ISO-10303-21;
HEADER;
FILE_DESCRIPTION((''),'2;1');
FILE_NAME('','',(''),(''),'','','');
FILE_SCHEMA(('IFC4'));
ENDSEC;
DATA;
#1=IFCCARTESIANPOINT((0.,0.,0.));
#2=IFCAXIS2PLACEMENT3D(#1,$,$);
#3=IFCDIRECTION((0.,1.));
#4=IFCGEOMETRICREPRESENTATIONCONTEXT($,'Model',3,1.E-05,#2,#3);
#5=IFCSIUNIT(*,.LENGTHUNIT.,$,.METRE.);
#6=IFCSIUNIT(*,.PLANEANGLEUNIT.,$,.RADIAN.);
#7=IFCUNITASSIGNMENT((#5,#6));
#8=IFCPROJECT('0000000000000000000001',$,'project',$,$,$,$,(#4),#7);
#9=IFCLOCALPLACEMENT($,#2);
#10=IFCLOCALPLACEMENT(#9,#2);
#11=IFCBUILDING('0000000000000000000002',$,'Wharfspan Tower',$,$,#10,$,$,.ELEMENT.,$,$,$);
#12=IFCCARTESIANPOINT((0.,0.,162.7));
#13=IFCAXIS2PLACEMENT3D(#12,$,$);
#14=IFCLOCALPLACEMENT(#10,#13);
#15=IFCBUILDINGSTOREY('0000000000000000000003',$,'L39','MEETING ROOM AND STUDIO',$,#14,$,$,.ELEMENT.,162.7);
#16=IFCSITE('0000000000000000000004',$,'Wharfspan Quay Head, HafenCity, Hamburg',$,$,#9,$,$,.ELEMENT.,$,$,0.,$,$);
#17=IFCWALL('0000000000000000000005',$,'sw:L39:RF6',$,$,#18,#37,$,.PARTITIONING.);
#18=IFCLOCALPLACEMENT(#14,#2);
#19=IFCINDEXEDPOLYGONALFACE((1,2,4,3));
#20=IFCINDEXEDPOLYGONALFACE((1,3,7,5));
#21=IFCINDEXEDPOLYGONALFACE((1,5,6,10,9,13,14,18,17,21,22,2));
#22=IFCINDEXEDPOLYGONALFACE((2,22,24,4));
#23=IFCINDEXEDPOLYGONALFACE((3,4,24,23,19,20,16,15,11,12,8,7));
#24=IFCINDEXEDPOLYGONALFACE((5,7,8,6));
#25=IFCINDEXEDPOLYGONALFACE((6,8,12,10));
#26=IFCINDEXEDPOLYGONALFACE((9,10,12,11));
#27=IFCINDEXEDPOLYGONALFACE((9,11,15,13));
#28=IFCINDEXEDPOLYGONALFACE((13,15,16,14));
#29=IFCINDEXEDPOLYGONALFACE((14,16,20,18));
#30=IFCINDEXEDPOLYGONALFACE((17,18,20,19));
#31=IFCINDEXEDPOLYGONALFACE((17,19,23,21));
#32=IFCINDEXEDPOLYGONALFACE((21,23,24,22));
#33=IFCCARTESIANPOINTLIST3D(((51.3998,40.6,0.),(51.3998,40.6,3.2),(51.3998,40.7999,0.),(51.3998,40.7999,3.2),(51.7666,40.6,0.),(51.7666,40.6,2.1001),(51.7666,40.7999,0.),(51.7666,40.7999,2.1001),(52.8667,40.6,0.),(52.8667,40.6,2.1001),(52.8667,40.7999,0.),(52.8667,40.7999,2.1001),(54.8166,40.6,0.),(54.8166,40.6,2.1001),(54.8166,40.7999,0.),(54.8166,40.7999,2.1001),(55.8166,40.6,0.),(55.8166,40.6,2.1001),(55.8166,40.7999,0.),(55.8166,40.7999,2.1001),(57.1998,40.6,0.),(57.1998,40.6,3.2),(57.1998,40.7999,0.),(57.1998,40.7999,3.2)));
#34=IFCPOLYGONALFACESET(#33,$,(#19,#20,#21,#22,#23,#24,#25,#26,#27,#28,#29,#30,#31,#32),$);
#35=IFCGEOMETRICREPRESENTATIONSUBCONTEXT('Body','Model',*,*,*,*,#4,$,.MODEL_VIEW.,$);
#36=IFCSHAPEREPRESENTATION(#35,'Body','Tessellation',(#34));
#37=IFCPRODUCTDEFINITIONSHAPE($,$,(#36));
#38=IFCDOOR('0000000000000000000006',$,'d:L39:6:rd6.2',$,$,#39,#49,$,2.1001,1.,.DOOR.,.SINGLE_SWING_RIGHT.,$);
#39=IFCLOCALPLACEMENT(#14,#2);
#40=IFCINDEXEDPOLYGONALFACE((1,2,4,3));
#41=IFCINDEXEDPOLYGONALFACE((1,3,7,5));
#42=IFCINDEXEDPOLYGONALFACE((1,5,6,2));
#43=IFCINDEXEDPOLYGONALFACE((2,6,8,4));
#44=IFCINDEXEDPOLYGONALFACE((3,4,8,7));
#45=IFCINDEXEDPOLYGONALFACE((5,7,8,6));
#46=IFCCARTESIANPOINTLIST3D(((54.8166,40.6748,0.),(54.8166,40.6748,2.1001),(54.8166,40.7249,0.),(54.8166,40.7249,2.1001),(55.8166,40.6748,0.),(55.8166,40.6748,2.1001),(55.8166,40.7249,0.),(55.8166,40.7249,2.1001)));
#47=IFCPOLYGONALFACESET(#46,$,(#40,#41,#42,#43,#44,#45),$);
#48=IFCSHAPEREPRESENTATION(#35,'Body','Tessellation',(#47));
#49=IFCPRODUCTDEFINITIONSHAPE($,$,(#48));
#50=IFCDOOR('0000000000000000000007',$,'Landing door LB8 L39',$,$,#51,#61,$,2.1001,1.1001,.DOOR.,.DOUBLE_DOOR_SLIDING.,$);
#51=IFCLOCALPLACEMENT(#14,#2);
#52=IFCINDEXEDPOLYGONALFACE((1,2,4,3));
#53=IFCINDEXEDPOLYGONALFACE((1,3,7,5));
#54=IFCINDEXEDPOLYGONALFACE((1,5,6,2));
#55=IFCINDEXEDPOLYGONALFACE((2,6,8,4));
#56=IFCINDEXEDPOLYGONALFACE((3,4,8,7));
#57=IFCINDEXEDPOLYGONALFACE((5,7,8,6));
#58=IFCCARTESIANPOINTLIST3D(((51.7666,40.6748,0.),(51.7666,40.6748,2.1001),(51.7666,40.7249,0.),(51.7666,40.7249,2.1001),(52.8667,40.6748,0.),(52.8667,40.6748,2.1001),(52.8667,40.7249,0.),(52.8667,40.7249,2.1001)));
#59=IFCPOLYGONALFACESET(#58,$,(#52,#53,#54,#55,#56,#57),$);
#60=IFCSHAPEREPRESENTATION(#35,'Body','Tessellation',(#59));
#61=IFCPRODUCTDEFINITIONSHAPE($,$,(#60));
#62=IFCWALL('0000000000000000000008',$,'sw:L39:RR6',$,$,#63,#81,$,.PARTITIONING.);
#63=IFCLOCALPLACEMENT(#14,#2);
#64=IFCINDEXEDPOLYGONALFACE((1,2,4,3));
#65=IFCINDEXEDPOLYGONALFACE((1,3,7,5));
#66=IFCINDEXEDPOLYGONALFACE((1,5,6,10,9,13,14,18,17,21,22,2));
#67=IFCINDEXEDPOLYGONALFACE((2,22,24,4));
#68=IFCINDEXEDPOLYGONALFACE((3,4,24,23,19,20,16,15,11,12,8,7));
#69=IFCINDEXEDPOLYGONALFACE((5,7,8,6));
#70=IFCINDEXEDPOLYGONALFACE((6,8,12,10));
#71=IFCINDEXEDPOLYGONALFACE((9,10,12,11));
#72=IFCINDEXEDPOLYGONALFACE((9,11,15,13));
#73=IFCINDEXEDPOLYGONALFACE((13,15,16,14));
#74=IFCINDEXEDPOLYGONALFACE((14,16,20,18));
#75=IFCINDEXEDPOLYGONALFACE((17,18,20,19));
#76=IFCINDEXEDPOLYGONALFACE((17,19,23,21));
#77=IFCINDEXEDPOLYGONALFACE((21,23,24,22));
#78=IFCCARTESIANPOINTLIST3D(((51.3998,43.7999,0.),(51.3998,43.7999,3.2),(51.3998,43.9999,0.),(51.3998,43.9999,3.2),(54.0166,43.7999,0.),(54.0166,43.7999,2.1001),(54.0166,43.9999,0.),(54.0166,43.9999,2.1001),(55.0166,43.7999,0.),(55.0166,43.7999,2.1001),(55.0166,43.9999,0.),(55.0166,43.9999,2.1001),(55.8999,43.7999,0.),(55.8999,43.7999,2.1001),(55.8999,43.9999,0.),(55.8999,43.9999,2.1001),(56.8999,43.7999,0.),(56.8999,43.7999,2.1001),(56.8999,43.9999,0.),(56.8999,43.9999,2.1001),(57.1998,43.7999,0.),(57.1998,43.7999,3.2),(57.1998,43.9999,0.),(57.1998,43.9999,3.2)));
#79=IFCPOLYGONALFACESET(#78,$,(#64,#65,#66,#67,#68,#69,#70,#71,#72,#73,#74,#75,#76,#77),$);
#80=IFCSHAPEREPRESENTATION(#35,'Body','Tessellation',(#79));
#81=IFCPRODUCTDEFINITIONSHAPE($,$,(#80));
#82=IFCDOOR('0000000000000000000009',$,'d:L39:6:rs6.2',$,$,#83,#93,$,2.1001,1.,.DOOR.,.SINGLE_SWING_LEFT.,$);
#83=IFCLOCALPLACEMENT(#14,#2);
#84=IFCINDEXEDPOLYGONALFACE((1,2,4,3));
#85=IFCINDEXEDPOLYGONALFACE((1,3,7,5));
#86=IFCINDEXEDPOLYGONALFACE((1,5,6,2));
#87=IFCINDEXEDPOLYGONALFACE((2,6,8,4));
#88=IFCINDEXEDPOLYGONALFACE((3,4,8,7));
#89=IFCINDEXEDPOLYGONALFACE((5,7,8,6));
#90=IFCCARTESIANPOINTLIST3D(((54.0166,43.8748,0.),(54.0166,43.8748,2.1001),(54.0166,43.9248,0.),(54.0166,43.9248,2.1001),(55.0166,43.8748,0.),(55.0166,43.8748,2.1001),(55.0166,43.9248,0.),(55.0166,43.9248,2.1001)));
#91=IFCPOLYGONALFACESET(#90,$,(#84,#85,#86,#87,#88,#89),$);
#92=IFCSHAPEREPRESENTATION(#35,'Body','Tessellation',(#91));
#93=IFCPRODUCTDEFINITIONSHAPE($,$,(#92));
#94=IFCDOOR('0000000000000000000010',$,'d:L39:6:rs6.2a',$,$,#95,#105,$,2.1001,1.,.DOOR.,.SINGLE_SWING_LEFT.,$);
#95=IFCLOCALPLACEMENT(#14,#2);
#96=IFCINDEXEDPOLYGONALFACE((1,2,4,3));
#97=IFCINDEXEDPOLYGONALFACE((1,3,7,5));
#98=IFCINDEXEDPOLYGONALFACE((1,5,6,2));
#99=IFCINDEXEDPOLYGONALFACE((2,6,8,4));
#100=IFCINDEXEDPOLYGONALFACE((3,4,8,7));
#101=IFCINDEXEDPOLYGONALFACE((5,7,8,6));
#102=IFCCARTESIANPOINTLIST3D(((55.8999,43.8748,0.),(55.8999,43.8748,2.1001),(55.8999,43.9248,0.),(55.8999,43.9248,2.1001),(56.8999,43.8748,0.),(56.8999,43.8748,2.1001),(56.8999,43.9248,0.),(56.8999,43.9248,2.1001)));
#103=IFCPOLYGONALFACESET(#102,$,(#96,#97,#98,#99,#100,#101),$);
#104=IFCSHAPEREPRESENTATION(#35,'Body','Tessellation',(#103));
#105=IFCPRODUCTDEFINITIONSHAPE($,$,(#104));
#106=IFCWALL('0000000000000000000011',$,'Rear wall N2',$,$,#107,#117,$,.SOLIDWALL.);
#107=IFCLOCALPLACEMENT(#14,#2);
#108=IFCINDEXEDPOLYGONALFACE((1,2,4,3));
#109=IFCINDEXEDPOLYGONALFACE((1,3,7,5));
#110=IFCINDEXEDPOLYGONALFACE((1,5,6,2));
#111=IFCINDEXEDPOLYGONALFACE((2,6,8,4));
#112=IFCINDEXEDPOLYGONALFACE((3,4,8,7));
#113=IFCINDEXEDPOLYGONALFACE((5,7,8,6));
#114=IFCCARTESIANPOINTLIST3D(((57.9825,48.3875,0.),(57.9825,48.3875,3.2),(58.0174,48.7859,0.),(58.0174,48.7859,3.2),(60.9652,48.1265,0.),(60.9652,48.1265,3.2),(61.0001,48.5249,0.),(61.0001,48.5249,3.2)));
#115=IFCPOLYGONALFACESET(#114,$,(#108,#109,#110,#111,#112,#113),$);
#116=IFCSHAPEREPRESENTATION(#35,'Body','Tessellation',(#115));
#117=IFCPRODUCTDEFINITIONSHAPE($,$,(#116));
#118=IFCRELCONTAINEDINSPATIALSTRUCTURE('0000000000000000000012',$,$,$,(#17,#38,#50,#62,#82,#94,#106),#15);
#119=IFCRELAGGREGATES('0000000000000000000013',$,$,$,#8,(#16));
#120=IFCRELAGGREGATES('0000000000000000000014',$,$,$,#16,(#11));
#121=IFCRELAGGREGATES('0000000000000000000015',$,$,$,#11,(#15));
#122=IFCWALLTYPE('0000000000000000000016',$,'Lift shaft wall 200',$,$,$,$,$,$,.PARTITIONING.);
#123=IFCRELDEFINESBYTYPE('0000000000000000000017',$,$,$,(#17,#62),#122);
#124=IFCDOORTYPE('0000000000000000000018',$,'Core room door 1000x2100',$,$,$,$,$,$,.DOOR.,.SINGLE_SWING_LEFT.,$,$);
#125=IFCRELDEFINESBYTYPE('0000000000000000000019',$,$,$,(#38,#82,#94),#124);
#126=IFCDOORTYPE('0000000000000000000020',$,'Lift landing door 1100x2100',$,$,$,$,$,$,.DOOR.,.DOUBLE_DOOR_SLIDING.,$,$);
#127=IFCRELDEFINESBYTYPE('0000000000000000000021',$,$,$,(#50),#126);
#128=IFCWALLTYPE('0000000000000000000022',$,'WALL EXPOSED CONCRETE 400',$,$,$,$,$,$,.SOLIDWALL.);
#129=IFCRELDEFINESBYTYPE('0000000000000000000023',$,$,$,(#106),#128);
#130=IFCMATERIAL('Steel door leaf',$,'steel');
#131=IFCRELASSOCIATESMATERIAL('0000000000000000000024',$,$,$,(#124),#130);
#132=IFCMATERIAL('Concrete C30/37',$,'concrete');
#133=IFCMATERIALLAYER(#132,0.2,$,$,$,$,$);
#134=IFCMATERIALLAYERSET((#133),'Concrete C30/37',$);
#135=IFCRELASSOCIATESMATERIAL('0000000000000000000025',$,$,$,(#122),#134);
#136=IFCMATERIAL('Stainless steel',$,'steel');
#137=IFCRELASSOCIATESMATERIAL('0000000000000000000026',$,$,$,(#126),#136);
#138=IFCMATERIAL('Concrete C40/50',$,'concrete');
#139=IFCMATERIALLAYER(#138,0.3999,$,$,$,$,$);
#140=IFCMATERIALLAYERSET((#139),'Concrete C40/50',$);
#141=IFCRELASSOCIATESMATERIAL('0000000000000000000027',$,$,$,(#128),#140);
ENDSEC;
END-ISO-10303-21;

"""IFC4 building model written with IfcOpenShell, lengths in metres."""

from ifc_helpers import new_model, si_unit, direction, frame, frame_2d, origin, place, context, subcontext, project, spatial, rectangle, extrude, material, layer, layer_set, type_object, element, fill, save


model = new_model("IFC4")

# Units and contexts
model_context = context("Model", 3, precision=1e-05, world=origin(), true_north=direction((0.0, 1.0)))
body_context = subcontext(model_context, "Body", "Model", "MODEL_VIEW")
ifc_project = project(units=[si_unit("LENGTHUNIT", "METRE"), si_unit("PLANEANGLEUNIT", "RADIAN")], contexts=[model_context])

# Site, building, storey
site_placement = place(None, origin())
site = spatial("IfcSite", under=ifc_project, at=site_placement, Name="Wharfspan Quay Head, HafenCity, Hamburg", CompositionType="ELEMENT", RefElevation=0.0)
building_placement = place(site_placement, origin())
building = spatial("IfcBuilding", under=site, at=building_placement, Name="Wharfspan Tower", CompositionType="ELEMENT")
storey_placement = place(building_placement, frame((0.0, 0.0, 162.7)))
storey = spatial("IfcBuildingStorey", under=building, at=storey_placement, Name="L39", Description="MEETING ROOM AND STUDIO", CompositionType="ELEMENT", Elevation=162.7)

# Shared definitions
ifc_material_1 = material(Name="Steel door leaf", Category="steel")
door_type_1 = type_object("IfcDoorType", Name="Core room door 1000x2100", OperationType="SINGLE_SWING_LEFT", PredefinedType="DOOR", material=ifc_material_1)

# Walls, openings, doors
ifc_material_2 = material(Name="Concrete C30/37", Category="concrete")
ifc_layer_1 = layer(ifc_material_2, 0.2)
ifc_layer_set_1 = layer_set([ifc_layer_1], Name="Concrete C30/37")
wall_type_1 = type_object("IfcWallType", Name="Lift shaft wall 200", PredefinedType="PARTITIONING", material=ifc_layer_set_1)
wall_1_placement = place(storey_placement, frame((51.3999, 40.7, 0.0), z_axis=(0.0, 0.0, 1.0), x_axis=(1.0, 0.0, 0.0)))
wall_1 = element("IfcWall", 1, at=wall_1_placement, inside=storey, type_object=wall_type_1, Name="sw:L39:RF6", PredefinedType="PARTITIONING", context=body_context, shape_type="SweptSolid", body=[
    extrude(rectangle(XDim=5.8, YDim=0.2, at=frame_2d((2.8999, 0.0))), origin(), (0.0, 0.0, 1.0), 3.2),
])
opening_1_placement = place(wall_1_placement, frame((0.3667, 0.0, 0.0)))
opening_1 = element("IfcOpeningElement", 2, at=opening_1_placement, cuts=wall_1, PredefinedType="OPENING", context=body_context, shape_type="SweptSolid", body=[
    extrude(rectangle(XDim=1.1001, YDim=2.1001, at=frame_2d((0.55, 1.05))), frame((0.0, 0.1099, 0.0), z_axis=(0.0, -1.0, 0.0), x_axis=(1.0, 0.0, 0.0)), (0.0, 0.0, 1.0), 0.22),
])
opening_2_placement = place(wall_1_placement, frame((3.4167, 0.0, 0.0)))
opening_2 = element("IfcOpeningElement", 3, at=opening_2_placement, cuts=wall_1, PredefinedType="OPENING", context=body_context, shape_type="SweptSolid", body=[
    extrude(rectangle(XDim=1.0, YDim=2.1001, at=frame_2d((0.5, 1.05))), frame((0.0, 0.1099, 0.0), z_axis=(0.0, -1.0, 0.0), x_axis=(1.0, 0.0, 0.0)), (0.0, 0.0, 1.0), 0.22),
])
door_1_placement = place(opening_2_placement, origin())
door_1 = element("IfcDoor", 4, at=door_1_placement, inside=storey, type_object=door_type_1, Name="d:L39:6:rd6.2", OperationType="SINGLE_SWING_RIGHT", OverallHeight=2.1001, OverallWidth=1.0, PredefinedType="DOOR", context=body_context, shape_type="SweptSolid", body=[
    extrude(rectangle(XDim=1.0, YDim=2.1001, at=frame_2d((0.5, 1.05))), frame((0.0, 0.0249, 0.0), z_axis=(0.0, -1.0, 0.0), x_axis=(1.0, 0.0, 0.0)), (0.0, 0.0, 1.0), 0.05),
])
fill(opening_2, door_1)
ifc_material_3 = material(Name="Stainless steel", Category="steel")
door_type_2 = type_object("IfcDoorType", Name="Lift landing door 1100x2100", OperationType="DOUBLE_DOOR_SLIDING", PredefinedType="DOOR", material=ifc_material_3)
door_2_placement = place(opening_1_placement, origin())
door_2 = element("IfcDoor", 5, at=door_2_placement, inside=storey, type_object=door_type_2, Name="Landing door LB8 L39", OperationType="DOUBLE_DOOR_SLIDING", OverallHeight=2.1001, OverallWidth=1.1001, PredefinedType="DOOR", context=body_context, shape_type="SweptSolid", body=[
    extrude(rectangle(XDim=1.1001, YDim=2.1001, at=frame_2d((0.55, 1.05))), frame((0.0, 0.0249, 0.0), z_axis=(0.0, -1.0, 0.0), x_axis=(1.0, 0.0, 0.0)), (0.0, 0.0, 1.0), 0.05),
])
fill(opening_1, door_2)
wall_2_placement = place(storey_placement, frame((51.3999, 43.8999, 0.0), z_axis=(0.0, 0.0, 1.0), x_axis=(1.0, 0.0, 0.0)))
wall_2 = element("IfcWall", 6, at=wall_2_placement, inside=storey, type_object=wall_type_1, Name="sw:L39:RR6", PredefinedType="PARTITIONING", context=body_context, shape_type="SweptSolid", body=[
    extrude(rectangle(XDim=5.8, YDim=0.2, at=frame_2d((2.8999, 0.0))), origin(), (0.0, 0.0, 1.0), 3.2),
])
opening_3_placement = place(wall_2_placement, frame((2.6167, 0.0, 0.0)))
opening_3 = element("IfcOpeningElement", 7, at=opening_3_placement, cuts=wall_2, PredefinedType="OPENING", context=body_context, shape_type="SweptSolid", body=[
    extrude(rectangle(XDim=1.0, YDim=2.1001, at=frame_2d((0.5, 1.05))), frame((0.0, 0.1099, 0.0), z_axis=(0.0, -1.0, 0.0), x_axis=(1.0, 0.0, 0.0)), (0.0, 0.0, 1.0), 0.22),
])
opening_4_placement = place(wall_2_placement, frame((4.5, 0.0, 0.0)))
opening_4 = element("IfcOpeningElement", 8, at=opening_4_placement, cuts=wall_2, PredefinedType="OPENING", context=body_context, shape_type="SweptSolid", body=[
    extrude(rectangle(XDim=1.0, YDim=2.1001, at=frame_2d((0.5, 1.05))), frame((0.0, 0.1099, 0.0), z_axis=(0.0, -1.0, 0.0), x_axis=(1.0, 0.0, 0.0)), (0.0, 0.0, 1.0), 0.22),
])
door_3_placement = place(opening_3_placement, origin())
door_3 = element("IfcDoor", 9, at=door_3_placement, inside=storey, type_object=door_type_1, Name="d:L39:6:rs6.2", OperationType="SINGLE_SWING_LEFT", OverallHeight=2.1001, OverallWidth=1.0, PredefinedType="DOOR", context=body_context, shape_type="SweptSolid", body=[
    extrude(rectangle(XDim=1.0, YDim=2.1001, at=frame_2d((0.5, 1.05))), frame((0.0, 0.0249, 0.0), z_axis=(0.0, -1.0, 0.0), x_axis=(1.0, 0.0, 0.0)), (0.0, 0.0, 1.0), 0.05),
])
fill(opening_3, door_3)
door_4_placement = place(opening_4_placement, origin())
door_4 = element("IfcDoor", 10, at=door_4_placement, inside=storey, type_object=door_type_1, Name="d:L39:6:rs6.2a", OperationType="SINGLE_SWING_LEFT", OverallHeight=2.1001, OverallWidth=1.0, PredefinedType="DOOR", context=body_context, shape_type="SweptSolid", body=[
    extrude(rectangle(XDim=1.0, YDim=2.1001, at=frame_2d((0.5, 1.05))), frame((0.0, 0.0249, 0.0), z_axis=(0.0, -1.0, 0.0), x_axis=(1.0, 0.0, 0.0)), (0.0, 0.0, 1.0), 0.05),
])
fill(opening_4, door_4)

# Wall
ifc_material_4 = material(Name="Concrete C40/50", Category="concrete")
ifc_layer_2 = layer(ifc_material_4, 0.3999)
ifc_layer_set_2 = layer_set([ifc_layer_2], Name="Concrete C40/50")
wall_type_2 = type_object("IfcWallType", Name="WALL EXPOSED CONCRETE 400", PredefinedType="SOLIDWALL", material=ifc_layer_set_2)
wall_3_placement = place(storey_placement, frame((60.9827, 48.3257, 0.0), z_axis=(0.0, 0.0, 1.0), x_axis=(-0.996194, 0.087168, 0.0)))
element("IfcWall", 11, at=wall_3_placement, inside=storey, type_object=wall_type_2, Name="Rear wall N2", PredefinedType="SOLIDWALL", context=body_context, shape_type="SweptSolid", body=[
    extrude(rectangle(XDim=2.9941, YDim=0.3999, at=frame_2d((1.4971, 0.0))), origin(), (0.0, 0.0, 1.0), 3.2),
])

save(model, "model.ifc")
